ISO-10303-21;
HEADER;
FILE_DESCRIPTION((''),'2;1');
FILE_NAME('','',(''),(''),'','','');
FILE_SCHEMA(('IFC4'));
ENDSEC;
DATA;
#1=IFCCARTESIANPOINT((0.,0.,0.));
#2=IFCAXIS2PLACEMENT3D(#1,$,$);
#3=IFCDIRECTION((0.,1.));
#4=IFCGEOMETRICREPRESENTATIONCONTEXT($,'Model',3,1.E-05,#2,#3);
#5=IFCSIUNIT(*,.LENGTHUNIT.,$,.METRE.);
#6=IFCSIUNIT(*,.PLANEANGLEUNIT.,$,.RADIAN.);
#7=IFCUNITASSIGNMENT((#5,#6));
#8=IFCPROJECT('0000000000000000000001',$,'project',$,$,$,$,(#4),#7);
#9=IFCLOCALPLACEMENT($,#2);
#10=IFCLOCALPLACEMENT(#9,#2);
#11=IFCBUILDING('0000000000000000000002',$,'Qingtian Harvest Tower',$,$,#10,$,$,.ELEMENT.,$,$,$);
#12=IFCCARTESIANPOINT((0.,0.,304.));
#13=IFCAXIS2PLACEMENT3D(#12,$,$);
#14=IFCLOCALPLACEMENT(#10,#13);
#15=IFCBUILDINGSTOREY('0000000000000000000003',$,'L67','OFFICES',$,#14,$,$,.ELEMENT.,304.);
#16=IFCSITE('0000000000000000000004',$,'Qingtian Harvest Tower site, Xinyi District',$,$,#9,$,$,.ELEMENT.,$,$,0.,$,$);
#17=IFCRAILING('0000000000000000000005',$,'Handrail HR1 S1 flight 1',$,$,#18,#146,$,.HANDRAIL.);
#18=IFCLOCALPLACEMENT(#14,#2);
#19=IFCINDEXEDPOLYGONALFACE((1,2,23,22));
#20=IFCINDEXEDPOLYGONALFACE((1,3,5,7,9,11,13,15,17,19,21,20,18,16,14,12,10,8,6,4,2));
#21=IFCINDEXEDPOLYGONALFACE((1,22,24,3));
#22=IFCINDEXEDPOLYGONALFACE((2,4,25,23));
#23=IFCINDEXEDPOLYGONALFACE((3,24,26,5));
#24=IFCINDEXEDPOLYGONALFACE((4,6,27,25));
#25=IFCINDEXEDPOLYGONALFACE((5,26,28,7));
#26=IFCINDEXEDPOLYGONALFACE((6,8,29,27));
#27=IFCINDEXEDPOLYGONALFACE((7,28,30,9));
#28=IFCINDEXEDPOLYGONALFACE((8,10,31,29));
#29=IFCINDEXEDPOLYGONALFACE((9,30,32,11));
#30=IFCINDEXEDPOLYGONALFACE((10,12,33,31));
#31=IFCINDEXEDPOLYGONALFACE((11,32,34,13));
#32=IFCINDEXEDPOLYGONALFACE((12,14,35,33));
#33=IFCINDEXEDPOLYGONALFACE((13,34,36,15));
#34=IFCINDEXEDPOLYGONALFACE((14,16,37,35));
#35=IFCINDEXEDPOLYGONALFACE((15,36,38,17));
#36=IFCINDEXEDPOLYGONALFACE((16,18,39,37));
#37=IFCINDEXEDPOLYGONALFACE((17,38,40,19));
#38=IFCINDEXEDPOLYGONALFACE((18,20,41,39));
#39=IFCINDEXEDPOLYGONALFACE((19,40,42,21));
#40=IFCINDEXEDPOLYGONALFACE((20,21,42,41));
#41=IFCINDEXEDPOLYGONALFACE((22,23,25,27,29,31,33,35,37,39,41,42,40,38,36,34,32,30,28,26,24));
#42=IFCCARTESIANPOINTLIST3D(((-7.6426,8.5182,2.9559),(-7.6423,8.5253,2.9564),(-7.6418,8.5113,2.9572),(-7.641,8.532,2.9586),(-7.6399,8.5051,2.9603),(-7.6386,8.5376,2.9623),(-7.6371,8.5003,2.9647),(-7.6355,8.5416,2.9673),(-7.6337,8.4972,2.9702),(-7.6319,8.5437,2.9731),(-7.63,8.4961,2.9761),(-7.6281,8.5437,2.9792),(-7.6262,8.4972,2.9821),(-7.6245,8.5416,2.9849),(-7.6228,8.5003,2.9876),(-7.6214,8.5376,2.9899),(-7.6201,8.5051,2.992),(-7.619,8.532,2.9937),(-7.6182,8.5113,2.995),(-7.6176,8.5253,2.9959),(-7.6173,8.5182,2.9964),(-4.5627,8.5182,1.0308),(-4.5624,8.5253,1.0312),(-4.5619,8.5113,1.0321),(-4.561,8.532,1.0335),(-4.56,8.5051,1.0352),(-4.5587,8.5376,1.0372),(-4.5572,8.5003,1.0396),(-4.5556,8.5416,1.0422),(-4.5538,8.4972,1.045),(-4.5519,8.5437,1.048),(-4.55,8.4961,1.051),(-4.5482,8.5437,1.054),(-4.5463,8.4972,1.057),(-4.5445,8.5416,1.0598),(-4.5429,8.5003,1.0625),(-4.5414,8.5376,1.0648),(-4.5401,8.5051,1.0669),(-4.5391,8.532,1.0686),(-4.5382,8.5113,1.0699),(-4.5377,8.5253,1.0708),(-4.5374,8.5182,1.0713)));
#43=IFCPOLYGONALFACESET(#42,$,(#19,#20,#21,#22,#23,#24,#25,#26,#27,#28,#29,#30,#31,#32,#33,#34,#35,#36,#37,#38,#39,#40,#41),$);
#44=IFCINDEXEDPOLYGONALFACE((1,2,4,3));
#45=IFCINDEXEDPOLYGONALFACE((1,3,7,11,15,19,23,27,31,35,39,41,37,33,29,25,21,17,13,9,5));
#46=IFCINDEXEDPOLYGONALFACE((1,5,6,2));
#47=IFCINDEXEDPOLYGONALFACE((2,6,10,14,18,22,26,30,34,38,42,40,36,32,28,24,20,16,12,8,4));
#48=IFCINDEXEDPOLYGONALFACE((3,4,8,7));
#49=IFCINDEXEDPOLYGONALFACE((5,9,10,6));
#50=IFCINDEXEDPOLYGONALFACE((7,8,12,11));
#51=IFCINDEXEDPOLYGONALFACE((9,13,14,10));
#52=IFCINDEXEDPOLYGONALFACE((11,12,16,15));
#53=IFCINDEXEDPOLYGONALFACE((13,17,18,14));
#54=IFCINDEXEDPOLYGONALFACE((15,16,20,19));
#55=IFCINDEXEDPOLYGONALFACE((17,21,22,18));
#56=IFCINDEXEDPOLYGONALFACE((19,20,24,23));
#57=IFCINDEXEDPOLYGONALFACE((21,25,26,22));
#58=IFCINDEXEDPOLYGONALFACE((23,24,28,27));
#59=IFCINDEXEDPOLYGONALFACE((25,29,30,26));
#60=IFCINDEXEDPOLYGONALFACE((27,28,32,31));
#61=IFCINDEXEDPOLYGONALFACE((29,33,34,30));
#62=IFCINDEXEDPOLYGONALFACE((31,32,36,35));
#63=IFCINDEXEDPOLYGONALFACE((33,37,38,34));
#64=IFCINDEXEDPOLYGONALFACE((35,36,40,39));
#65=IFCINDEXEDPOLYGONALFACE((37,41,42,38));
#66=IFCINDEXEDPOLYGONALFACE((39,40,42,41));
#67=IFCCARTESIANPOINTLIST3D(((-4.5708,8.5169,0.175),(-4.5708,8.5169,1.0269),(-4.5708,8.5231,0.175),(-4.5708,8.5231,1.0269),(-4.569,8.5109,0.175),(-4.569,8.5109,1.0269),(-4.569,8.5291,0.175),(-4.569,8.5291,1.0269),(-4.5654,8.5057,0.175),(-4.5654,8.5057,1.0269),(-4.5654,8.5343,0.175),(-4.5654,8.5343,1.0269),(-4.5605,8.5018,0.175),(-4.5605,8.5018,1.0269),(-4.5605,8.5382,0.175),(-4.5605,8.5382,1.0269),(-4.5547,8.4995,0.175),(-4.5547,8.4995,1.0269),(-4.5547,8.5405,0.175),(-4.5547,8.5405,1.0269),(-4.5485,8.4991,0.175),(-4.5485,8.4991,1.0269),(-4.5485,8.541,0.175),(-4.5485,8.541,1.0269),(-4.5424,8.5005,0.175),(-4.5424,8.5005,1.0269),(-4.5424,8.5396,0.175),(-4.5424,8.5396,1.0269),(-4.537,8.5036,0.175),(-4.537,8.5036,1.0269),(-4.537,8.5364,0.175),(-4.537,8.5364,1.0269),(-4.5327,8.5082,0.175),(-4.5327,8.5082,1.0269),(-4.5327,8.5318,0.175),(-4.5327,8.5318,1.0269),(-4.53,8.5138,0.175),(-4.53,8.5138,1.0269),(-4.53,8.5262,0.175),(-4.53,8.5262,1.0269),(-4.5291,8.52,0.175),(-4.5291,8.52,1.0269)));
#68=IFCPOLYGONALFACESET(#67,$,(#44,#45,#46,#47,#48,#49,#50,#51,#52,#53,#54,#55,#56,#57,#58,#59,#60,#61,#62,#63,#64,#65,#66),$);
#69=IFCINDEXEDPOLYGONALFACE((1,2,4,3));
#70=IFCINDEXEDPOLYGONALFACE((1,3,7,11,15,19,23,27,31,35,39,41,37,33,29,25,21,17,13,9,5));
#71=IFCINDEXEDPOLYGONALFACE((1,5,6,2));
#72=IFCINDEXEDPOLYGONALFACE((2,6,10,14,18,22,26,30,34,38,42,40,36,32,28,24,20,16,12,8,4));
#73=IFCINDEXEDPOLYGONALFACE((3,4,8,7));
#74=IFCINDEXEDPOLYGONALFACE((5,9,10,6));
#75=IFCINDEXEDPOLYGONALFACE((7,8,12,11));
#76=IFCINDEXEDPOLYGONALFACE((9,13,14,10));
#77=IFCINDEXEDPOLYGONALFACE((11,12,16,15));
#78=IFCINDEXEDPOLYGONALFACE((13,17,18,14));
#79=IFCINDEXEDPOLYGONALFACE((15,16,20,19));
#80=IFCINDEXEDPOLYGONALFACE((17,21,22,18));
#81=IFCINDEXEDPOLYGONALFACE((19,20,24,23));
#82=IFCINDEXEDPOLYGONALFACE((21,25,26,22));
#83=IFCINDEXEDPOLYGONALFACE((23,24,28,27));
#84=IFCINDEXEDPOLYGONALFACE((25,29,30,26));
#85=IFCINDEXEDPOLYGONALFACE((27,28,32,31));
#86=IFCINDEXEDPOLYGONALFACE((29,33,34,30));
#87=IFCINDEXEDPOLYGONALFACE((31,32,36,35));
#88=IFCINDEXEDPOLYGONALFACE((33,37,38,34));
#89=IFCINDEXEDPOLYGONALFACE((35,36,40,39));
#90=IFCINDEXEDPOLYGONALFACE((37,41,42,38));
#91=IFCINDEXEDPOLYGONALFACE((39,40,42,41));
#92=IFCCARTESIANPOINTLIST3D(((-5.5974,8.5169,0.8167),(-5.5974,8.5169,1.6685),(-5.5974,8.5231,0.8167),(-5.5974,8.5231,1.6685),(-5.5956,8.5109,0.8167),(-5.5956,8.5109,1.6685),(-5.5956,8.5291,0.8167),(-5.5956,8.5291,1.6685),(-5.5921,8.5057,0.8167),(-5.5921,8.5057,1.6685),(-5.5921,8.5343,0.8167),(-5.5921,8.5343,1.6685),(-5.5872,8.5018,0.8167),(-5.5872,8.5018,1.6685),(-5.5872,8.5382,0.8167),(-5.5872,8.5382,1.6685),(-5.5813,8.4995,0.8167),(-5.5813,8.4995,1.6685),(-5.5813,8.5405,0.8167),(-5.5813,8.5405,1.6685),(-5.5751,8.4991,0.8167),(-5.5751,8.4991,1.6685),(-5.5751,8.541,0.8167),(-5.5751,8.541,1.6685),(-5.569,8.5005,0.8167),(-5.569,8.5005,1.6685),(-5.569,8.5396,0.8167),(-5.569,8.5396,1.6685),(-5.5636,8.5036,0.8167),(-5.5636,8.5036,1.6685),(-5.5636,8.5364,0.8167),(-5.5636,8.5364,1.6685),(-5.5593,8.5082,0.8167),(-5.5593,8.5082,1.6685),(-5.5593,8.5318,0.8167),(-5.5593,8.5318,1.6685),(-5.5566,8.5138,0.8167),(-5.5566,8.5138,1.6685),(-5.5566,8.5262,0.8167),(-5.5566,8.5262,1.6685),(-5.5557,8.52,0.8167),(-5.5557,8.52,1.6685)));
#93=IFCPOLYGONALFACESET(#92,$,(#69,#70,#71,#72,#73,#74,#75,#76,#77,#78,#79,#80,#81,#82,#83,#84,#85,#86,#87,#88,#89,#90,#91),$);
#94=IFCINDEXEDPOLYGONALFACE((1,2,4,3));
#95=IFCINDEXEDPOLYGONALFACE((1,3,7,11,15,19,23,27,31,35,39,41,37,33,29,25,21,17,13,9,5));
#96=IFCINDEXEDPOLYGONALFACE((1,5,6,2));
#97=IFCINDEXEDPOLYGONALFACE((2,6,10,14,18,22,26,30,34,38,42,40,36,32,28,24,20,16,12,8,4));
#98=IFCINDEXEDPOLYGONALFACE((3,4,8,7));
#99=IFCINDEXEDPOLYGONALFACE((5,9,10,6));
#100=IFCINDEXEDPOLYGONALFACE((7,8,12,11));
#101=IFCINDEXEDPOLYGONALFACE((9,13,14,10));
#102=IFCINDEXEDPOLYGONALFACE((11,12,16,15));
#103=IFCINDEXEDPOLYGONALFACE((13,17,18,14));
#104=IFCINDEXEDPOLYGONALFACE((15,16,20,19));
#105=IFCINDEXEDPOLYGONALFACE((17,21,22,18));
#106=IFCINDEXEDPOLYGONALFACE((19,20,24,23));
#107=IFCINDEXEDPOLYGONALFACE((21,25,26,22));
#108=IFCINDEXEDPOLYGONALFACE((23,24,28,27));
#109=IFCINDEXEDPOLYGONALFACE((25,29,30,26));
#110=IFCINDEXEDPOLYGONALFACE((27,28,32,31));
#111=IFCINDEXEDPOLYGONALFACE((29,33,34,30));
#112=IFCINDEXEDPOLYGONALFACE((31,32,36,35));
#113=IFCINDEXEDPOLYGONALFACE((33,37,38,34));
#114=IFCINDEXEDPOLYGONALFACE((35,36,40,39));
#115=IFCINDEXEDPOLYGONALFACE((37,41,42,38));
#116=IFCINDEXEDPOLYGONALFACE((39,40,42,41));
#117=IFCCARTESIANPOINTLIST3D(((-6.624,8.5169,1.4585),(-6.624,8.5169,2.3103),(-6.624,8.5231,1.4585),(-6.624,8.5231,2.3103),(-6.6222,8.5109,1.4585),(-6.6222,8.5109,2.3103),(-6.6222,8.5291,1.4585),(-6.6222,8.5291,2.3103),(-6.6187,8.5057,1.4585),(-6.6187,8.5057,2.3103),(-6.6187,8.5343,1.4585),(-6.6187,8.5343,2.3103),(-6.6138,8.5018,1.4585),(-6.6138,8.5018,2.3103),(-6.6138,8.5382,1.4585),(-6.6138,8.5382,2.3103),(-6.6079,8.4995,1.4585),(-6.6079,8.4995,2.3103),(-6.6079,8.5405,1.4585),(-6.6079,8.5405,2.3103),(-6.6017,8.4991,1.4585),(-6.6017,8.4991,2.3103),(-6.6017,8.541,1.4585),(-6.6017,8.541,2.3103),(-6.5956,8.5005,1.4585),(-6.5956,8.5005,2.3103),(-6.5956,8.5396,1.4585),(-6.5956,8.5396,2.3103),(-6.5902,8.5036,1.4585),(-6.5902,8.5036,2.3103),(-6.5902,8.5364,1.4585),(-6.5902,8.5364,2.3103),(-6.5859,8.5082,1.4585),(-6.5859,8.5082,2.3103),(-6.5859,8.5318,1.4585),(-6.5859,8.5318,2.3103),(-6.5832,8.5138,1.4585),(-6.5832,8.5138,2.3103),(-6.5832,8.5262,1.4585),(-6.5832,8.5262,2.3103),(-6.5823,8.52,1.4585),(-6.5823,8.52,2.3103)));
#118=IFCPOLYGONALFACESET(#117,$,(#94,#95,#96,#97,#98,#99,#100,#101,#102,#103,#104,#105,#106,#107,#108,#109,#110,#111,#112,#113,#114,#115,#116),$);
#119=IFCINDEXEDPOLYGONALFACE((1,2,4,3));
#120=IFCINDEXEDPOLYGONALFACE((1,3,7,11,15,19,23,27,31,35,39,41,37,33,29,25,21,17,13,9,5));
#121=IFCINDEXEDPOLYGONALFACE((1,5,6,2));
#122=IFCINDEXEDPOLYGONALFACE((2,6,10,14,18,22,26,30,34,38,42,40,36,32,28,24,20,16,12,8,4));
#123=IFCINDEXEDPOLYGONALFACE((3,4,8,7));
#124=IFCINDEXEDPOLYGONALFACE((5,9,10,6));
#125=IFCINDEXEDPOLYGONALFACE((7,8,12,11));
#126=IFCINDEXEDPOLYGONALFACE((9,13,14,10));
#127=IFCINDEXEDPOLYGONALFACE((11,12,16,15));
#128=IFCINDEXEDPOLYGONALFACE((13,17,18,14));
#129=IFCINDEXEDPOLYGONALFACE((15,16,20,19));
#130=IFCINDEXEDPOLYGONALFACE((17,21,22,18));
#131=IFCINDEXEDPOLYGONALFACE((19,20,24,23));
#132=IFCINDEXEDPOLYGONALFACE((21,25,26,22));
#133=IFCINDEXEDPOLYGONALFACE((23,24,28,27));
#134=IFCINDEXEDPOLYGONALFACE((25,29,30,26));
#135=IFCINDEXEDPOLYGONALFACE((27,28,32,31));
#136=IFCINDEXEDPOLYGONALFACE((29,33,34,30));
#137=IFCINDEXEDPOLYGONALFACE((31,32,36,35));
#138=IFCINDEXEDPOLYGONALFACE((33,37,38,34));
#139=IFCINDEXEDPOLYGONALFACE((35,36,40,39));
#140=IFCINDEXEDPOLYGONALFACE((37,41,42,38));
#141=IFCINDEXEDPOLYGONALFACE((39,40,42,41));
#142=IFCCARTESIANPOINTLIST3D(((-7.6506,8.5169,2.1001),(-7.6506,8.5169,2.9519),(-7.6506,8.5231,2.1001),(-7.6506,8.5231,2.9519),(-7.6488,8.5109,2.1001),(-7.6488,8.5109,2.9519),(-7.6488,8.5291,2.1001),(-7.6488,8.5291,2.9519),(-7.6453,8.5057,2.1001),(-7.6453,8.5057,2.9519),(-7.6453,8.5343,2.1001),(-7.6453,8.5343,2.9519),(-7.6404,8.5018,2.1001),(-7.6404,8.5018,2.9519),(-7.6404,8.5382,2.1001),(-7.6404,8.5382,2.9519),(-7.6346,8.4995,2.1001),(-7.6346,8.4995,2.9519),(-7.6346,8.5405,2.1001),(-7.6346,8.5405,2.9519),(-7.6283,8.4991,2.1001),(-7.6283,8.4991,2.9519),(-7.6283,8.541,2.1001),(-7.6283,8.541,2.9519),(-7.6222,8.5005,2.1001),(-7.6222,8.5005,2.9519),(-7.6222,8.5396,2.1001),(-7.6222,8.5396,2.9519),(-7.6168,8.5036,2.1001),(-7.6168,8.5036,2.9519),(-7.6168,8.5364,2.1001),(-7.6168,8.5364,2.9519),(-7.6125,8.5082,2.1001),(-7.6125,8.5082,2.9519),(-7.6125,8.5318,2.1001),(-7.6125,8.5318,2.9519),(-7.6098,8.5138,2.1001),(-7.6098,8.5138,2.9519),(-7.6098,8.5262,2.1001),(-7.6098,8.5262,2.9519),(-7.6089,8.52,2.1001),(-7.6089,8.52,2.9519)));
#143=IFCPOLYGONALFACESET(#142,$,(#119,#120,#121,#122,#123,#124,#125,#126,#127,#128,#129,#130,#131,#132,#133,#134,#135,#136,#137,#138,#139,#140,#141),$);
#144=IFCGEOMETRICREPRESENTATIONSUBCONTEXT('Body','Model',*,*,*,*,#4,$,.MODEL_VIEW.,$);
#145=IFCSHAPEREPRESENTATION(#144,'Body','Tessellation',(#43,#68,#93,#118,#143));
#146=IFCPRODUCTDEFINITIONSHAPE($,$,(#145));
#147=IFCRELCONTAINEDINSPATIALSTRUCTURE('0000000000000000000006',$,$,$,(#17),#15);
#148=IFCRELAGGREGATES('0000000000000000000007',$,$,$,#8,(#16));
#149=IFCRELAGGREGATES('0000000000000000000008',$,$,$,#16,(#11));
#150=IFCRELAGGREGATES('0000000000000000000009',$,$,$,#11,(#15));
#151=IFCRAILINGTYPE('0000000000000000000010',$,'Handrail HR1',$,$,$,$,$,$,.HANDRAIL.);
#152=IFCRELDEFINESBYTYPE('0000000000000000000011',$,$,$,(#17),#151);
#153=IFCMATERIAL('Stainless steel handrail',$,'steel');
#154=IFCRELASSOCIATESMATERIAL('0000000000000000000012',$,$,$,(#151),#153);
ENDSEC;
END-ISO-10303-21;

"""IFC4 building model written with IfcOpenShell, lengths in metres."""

from ifc_helpers import new_model, si_unit, direction, frame, origin, origin_2d, place, context, subcontext, project, spatial, circle, extrude, material, type_object, element, save


model = new_model("IFC4")

# Units and contexts
model_context = context("Model", 3, precision=1e-05, world=origin(), true_north=direction((0.0, 1.0)))
body_context = subcontext(model_context, "Body", "Model", "MODEL_VIEW")
ifc_project = project(units=[si_unit("LENGTHUNIT", "METRE"), si_unit("PLANEANGLEUNIT", "RADIAN")], contexts=[model_context])

# Site, building, storey
site_placement = place(None, origin())
site = spatial("IfcSite", under=ifc_project, at=site_placement, Name="Qingtian Harvest Tower site, Xinyi District", CompositionType="ELEMENT", RefElevation=0.0)
building_placement = place(site_placement, origin())
building = spatial("IfcBuilding", under=site, at=building_placement, Name="Qingtian Harvest Tower", CompositionType="ELEMENT")
storey_placement = place(building_placement, frame((0.0, 0.0, 304.0)))
storey = spatial("IfcBuildingStorey", under=building, at=storey_placement, Name="L67", Description="OFFICES", CompositionType="ELEMENT", Elevation=304.0)

# Railing
ifc_material_1 = material(Name="Stainless steel handrail", Category="steel")
railing_type = type_object("IfcRailingType", Name="Handrail HR1", PredefinedType="HANDRAIL", material=ifc_material_1)
railing_placement = place(storey_placement, frame((-4.55, 8.52, 0.175)))
element("IfcRailing", 1, at=railing_placement, inside=storey, type_object=railing_type, Name="Handrail HR1 S1 flight 1", PredefinedType="HANDRAIL", context=body_context, shape_type="SweptSolid", body=[
    extrude(circle(Radius=0.0239, at=origin_2d()), frame((0.0, 0.0, 0.876), z_axis=(-0.847979, 0.0, 0.530029), x_axis=(0.0, -1.0, 0.0)), (0.0, 0.0, 1.0), 3.6321),
    extrude(circle(Radius=0.021, at=origin_2d()), origin(), (0.0, 0.0, 1.0), 0.8518),
    extrude(circle(Radius=0.021, at=origin_2d()), frame((-1.0266, 0.0, 0.6416)), (0.0, 0.0, 1.0), 0.8518),
    extrude(circle(Radius=0.021, at=origin_2d()), frame((-2.0532, 0.0, 1.2834)), (0.0, 0.0, 1.0), 0.8518),
    extrude(circle(Radius=0.021, at=origin_2d()), frame((-3.0798, 0.0, 1.925)), (0.0, 0.0, 1.0), 0.8518),
])

save(model, "model.ifc")
